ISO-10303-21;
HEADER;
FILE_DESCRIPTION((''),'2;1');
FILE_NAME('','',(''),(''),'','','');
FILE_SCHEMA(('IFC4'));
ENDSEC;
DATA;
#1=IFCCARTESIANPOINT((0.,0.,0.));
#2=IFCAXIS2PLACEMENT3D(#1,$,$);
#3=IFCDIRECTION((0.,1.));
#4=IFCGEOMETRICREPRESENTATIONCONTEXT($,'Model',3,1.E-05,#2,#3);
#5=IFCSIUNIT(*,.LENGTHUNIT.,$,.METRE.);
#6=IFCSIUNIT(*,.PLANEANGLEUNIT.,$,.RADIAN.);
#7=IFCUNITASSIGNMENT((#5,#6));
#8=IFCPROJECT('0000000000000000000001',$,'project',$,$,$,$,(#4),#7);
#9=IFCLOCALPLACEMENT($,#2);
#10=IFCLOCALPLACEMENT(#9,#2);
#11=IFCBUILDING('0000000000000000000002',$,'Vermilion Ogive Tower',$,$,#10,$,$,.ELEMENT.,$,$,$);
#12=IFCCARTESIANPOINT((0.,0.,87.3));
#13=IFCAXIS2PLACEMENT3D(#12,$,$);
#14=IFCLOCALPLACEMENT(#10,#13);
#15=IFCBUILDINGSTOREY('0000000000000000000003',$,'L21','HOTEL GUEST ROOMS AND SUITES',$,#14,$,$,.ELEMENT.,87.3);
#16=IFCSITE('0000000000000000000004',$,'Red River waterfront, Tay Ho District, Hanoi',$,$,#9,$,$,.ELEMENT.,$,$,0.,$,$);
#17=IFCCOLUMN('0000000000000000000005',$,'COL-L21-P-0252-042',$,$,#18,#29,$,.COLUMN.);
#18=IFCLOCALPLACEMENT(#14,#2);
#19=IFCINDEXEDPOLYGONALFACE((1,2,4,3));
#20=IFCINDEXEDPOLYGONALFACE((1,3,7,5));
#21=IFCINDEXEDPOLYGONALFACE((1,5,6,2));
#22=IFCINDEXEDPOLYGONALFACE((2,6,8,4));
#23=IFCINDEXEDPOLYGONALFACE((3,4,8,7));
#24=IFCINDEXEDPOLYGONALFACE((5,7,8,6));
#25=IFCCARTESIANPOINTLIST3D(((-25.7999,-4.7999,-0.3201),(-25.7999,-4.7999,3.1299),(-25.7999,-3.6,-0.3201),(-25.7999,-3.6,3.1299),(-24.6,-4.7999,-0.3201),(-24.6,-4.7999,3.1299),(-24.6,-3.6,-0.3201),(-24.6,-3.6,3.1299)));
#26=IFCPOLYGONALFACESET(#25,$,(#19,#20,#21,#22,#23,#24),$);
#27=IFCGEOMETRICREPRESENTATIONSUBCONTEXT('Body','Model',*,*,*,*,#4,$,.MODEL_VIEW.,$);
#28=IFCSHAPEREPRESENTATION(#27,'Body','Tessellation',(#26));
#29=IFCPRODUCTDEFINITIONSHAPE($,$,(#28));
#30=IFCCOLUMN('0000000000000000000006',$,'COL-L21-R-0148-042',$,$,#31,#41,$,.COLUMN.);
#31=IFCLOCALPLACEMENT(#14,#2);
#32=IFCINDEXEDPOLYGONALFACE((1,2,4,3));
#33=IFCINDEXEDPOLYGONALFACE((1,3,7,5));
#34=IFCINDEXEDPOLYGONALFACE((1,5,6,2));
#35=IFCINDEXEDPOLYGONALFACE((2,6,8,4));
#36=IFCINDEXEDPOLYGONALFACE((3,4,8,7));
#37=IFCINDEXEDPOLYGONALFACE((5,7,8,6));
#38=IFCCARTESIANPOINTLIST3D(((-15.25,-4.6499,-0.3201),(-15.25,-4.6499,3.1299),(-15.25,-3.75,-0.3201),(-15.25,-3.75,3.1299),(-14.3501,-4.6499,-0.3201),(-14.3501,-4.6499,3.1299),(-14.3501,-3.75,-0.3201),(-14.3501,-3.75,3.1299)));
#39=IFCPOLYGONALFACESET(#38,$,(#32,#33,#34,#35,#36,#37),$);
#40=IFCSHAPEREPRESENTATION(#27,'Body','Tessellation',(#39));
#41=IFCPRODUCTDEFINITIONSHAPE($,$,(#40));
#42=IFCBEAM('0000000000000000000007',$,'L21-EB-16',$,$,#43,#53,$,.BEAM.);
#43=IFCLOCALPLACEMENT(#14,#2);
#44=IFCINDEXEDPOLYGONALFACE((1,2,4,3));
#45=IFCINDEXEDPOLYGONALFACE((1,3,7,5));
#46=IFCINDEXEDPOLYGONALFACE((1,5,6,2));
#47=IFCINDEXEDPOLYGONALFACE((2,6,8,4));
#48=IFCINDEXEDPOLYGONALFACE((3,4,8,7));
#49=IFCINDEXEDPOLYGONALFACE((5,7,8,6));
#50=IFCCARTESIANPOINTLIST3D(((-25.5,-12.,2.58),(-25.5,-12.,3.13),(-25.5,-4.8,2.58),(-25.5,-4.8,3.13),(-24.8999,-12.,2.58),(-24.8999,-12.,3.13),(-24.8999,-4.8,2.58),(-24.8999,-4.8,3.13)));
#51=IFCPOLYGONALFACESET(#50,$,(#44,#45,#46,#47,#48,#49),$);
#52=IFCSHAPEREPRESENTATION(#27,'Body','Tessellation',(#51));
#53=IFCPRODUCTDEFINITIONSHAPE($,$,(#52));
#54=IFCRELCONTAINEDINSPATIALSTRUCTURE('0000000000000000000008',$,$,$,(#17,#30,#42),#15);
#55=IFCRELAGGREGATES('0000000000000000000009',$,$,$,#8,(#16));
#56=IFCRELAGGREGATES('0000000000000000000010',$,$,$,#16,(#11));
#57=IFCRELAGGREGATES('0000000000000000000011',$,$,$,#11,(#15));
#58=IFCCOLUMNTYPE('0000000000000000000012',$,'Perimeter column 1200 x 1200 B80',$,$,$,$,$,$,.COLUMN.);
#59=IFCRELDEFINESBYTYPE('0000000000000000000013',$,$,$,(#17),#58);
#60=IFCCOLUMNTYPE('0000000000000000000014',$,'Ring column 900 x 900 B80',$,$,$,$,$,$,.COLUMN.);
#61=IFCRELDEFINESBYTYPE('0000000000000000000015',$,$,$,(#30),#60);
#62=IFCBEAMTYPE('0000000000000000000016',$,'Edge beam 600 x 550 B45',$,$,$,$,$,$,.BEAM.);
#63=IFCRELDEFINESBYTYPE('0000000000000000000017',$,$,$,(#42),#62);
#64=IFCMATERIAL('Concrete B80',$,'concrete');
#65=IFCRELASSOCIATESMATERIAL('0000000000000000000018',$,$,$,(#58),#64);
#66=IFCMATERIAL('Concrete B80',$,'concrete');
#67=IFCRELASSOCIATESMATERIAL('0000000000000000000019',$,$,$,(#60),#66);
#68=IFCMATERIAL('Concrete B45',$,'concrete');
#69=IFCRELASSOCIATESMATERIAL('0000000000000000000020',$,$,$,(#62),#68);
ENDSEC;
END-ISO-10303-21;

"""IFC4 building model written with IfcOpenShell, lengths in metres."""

from ifc_helpers import new_model, si_unit, direction, frame, origin, origin_2d, place, context, subcontext, project, spatial, rectangle, extrude, material, material_profile, profile_set, type_object, element, save


model = new_model("IFC4")

# Units and contexts
model_context = context("Model", 3, precision=1e-05, world=origin(), true_north=direction((0.0, 1.0)))
body_context = subcontext(model_context, "Body", "Model", "MODEL_VIEW")
ifc_project = project(units=[si_unit("LENGTHUNIT", "METRE"), si_unit("PLANEANGLEUNIT", "RADIAN")], contexts=[model_context])

# Site, building, storey
site_placement = place(None, origin())
site = spatial("IfcSite", under=ifc_project, at=site_placement, Name="Red River waterfront, Tay Ho District, Hanoi", CompositionType="ELEMENT", RefElevation=0.0)
building_placement = place(site_placement, origin())
building = spatial("IfcBuilding", under=site, at=building_placement, Name="Vermilion Ogive Tower", CompositionType="ELEMENT")
storey_placement = place(building_placement, frame((0.0, 0.0, 87.3)))
storey = spatial("IfcBuildingStorey", under=building, at=storey_placement, Name="L21", Description="HOTEL GUEST ROOMS AND SUITES", CompositionType="ELEMENT", Elevation=87.3)

# Columns
ifc_material_1 = material(Name="Concrete B80", Category="concrete")
ifc_material_profile_1 = material_profile(ifc_material_1, rectangle(XDim=1.2, YDim=1.2, at=origin_2d()), Name="1200 x 1200")
ifc_profile_set_1 = profile_set([ifc_material_profile_1], Name="Concrete B80")
column_type_1 = type_object("IfcColumnType", Name="Perimeter column 1200 x 1200 B80", PredefinedType="COLUMN", material=ifc_profile_set_1)
column_1_placement = place(storey_placement, frame((-25.2, -4.2, -0.3201), z_axis=(0.0, 0.0, 1.0), x_axis=(1.0, 0.0, 0.0)))
element("IfcColumn", 1, at=column_1_placement, inside=storey, type_object=column_type_1, Name="COL-L21-P-0252-042", PredefinedType="COLUMN", context=body_context, shape_type="SweptSolid", body=[
    extrude(rectangle(XDim=1.2, YDim=1.2, at=origin_2d()), origin(), (0.0, 0.0, 1.0), 3.45),
])
ifc_material_2 = material(Name="Concrete B80", Category="concrete")
ifc_material_profile_2 = material_profile(ifc_material_2, rectangle(XDim=0.8999, YDim=0.8999, at=origin_2d()), Name="900 x 900")
ifc_profile_set_2 = profile_set([ifc_material_profile_2], Name="Concrete B80")
column_type_2 = type_object("IfcColumnType", Name="Ring column 900 x 900 B80", PredefinedType="COLUMN", material=ifc_profile_set_2)
column_2_placement = place(storey_placement, frame((-14.8, -4.2, -0.3201), z_axis=(0.0, 0.0, 1.0), x_axis=(1.0, 0.0, 0.0)))
element("IfcColumn", 2, at=column_2_placement, inside=storey, type_object=column_type_2, Name="COL-L21-R-0148-042", PredefinedType="COLUMN", context=body_context, shape_type="SweptSolid", body=[
    extrude(rectangle(XDim=0.8999, YDim=0.8999, at=origin_2d()), origin(), (0.0, 0.0, 1.0), 3.45),
])

# Beam
ifc_material_3 = material(Name="Concrete B45", Category="concrete")
ifc_material_profile_3 = material_profile(ifc_material_3, rectangle(XDim=0.6001, YDim=0.55, at=origin_2d()), Name="600 x 550")
ifc_profile_set_3 = profile_set([ifc_material_profile_3], Name="Concrete B45")
beam_type = type_object("IfcBeamType", Name="Edge beam 600 x 550 B45", PredefinedType="BEAM", material=ifc_profile_set_3)
beam_placement = place(storey_placement, frame((-25.2, -4.8, 2.855), z_axis=(0.0, -1.0, 0.0), x_axis=(1.0, 0.0, 0.0)))
element("IfcBeam", 3, at=beam_placement, inside=storey, type_object=beam_type, Name="L21-EB-16", PredefinedType="BEAM", context=body_context, shape_type="SweptSolid", body=[
    extrude(rectangle(XDim=0.6001, YDim=0.55, at=origin_2d()), origin(), (0.0, 0.0, 1.0), 7.2),
])

save(model, "model.ifc")
